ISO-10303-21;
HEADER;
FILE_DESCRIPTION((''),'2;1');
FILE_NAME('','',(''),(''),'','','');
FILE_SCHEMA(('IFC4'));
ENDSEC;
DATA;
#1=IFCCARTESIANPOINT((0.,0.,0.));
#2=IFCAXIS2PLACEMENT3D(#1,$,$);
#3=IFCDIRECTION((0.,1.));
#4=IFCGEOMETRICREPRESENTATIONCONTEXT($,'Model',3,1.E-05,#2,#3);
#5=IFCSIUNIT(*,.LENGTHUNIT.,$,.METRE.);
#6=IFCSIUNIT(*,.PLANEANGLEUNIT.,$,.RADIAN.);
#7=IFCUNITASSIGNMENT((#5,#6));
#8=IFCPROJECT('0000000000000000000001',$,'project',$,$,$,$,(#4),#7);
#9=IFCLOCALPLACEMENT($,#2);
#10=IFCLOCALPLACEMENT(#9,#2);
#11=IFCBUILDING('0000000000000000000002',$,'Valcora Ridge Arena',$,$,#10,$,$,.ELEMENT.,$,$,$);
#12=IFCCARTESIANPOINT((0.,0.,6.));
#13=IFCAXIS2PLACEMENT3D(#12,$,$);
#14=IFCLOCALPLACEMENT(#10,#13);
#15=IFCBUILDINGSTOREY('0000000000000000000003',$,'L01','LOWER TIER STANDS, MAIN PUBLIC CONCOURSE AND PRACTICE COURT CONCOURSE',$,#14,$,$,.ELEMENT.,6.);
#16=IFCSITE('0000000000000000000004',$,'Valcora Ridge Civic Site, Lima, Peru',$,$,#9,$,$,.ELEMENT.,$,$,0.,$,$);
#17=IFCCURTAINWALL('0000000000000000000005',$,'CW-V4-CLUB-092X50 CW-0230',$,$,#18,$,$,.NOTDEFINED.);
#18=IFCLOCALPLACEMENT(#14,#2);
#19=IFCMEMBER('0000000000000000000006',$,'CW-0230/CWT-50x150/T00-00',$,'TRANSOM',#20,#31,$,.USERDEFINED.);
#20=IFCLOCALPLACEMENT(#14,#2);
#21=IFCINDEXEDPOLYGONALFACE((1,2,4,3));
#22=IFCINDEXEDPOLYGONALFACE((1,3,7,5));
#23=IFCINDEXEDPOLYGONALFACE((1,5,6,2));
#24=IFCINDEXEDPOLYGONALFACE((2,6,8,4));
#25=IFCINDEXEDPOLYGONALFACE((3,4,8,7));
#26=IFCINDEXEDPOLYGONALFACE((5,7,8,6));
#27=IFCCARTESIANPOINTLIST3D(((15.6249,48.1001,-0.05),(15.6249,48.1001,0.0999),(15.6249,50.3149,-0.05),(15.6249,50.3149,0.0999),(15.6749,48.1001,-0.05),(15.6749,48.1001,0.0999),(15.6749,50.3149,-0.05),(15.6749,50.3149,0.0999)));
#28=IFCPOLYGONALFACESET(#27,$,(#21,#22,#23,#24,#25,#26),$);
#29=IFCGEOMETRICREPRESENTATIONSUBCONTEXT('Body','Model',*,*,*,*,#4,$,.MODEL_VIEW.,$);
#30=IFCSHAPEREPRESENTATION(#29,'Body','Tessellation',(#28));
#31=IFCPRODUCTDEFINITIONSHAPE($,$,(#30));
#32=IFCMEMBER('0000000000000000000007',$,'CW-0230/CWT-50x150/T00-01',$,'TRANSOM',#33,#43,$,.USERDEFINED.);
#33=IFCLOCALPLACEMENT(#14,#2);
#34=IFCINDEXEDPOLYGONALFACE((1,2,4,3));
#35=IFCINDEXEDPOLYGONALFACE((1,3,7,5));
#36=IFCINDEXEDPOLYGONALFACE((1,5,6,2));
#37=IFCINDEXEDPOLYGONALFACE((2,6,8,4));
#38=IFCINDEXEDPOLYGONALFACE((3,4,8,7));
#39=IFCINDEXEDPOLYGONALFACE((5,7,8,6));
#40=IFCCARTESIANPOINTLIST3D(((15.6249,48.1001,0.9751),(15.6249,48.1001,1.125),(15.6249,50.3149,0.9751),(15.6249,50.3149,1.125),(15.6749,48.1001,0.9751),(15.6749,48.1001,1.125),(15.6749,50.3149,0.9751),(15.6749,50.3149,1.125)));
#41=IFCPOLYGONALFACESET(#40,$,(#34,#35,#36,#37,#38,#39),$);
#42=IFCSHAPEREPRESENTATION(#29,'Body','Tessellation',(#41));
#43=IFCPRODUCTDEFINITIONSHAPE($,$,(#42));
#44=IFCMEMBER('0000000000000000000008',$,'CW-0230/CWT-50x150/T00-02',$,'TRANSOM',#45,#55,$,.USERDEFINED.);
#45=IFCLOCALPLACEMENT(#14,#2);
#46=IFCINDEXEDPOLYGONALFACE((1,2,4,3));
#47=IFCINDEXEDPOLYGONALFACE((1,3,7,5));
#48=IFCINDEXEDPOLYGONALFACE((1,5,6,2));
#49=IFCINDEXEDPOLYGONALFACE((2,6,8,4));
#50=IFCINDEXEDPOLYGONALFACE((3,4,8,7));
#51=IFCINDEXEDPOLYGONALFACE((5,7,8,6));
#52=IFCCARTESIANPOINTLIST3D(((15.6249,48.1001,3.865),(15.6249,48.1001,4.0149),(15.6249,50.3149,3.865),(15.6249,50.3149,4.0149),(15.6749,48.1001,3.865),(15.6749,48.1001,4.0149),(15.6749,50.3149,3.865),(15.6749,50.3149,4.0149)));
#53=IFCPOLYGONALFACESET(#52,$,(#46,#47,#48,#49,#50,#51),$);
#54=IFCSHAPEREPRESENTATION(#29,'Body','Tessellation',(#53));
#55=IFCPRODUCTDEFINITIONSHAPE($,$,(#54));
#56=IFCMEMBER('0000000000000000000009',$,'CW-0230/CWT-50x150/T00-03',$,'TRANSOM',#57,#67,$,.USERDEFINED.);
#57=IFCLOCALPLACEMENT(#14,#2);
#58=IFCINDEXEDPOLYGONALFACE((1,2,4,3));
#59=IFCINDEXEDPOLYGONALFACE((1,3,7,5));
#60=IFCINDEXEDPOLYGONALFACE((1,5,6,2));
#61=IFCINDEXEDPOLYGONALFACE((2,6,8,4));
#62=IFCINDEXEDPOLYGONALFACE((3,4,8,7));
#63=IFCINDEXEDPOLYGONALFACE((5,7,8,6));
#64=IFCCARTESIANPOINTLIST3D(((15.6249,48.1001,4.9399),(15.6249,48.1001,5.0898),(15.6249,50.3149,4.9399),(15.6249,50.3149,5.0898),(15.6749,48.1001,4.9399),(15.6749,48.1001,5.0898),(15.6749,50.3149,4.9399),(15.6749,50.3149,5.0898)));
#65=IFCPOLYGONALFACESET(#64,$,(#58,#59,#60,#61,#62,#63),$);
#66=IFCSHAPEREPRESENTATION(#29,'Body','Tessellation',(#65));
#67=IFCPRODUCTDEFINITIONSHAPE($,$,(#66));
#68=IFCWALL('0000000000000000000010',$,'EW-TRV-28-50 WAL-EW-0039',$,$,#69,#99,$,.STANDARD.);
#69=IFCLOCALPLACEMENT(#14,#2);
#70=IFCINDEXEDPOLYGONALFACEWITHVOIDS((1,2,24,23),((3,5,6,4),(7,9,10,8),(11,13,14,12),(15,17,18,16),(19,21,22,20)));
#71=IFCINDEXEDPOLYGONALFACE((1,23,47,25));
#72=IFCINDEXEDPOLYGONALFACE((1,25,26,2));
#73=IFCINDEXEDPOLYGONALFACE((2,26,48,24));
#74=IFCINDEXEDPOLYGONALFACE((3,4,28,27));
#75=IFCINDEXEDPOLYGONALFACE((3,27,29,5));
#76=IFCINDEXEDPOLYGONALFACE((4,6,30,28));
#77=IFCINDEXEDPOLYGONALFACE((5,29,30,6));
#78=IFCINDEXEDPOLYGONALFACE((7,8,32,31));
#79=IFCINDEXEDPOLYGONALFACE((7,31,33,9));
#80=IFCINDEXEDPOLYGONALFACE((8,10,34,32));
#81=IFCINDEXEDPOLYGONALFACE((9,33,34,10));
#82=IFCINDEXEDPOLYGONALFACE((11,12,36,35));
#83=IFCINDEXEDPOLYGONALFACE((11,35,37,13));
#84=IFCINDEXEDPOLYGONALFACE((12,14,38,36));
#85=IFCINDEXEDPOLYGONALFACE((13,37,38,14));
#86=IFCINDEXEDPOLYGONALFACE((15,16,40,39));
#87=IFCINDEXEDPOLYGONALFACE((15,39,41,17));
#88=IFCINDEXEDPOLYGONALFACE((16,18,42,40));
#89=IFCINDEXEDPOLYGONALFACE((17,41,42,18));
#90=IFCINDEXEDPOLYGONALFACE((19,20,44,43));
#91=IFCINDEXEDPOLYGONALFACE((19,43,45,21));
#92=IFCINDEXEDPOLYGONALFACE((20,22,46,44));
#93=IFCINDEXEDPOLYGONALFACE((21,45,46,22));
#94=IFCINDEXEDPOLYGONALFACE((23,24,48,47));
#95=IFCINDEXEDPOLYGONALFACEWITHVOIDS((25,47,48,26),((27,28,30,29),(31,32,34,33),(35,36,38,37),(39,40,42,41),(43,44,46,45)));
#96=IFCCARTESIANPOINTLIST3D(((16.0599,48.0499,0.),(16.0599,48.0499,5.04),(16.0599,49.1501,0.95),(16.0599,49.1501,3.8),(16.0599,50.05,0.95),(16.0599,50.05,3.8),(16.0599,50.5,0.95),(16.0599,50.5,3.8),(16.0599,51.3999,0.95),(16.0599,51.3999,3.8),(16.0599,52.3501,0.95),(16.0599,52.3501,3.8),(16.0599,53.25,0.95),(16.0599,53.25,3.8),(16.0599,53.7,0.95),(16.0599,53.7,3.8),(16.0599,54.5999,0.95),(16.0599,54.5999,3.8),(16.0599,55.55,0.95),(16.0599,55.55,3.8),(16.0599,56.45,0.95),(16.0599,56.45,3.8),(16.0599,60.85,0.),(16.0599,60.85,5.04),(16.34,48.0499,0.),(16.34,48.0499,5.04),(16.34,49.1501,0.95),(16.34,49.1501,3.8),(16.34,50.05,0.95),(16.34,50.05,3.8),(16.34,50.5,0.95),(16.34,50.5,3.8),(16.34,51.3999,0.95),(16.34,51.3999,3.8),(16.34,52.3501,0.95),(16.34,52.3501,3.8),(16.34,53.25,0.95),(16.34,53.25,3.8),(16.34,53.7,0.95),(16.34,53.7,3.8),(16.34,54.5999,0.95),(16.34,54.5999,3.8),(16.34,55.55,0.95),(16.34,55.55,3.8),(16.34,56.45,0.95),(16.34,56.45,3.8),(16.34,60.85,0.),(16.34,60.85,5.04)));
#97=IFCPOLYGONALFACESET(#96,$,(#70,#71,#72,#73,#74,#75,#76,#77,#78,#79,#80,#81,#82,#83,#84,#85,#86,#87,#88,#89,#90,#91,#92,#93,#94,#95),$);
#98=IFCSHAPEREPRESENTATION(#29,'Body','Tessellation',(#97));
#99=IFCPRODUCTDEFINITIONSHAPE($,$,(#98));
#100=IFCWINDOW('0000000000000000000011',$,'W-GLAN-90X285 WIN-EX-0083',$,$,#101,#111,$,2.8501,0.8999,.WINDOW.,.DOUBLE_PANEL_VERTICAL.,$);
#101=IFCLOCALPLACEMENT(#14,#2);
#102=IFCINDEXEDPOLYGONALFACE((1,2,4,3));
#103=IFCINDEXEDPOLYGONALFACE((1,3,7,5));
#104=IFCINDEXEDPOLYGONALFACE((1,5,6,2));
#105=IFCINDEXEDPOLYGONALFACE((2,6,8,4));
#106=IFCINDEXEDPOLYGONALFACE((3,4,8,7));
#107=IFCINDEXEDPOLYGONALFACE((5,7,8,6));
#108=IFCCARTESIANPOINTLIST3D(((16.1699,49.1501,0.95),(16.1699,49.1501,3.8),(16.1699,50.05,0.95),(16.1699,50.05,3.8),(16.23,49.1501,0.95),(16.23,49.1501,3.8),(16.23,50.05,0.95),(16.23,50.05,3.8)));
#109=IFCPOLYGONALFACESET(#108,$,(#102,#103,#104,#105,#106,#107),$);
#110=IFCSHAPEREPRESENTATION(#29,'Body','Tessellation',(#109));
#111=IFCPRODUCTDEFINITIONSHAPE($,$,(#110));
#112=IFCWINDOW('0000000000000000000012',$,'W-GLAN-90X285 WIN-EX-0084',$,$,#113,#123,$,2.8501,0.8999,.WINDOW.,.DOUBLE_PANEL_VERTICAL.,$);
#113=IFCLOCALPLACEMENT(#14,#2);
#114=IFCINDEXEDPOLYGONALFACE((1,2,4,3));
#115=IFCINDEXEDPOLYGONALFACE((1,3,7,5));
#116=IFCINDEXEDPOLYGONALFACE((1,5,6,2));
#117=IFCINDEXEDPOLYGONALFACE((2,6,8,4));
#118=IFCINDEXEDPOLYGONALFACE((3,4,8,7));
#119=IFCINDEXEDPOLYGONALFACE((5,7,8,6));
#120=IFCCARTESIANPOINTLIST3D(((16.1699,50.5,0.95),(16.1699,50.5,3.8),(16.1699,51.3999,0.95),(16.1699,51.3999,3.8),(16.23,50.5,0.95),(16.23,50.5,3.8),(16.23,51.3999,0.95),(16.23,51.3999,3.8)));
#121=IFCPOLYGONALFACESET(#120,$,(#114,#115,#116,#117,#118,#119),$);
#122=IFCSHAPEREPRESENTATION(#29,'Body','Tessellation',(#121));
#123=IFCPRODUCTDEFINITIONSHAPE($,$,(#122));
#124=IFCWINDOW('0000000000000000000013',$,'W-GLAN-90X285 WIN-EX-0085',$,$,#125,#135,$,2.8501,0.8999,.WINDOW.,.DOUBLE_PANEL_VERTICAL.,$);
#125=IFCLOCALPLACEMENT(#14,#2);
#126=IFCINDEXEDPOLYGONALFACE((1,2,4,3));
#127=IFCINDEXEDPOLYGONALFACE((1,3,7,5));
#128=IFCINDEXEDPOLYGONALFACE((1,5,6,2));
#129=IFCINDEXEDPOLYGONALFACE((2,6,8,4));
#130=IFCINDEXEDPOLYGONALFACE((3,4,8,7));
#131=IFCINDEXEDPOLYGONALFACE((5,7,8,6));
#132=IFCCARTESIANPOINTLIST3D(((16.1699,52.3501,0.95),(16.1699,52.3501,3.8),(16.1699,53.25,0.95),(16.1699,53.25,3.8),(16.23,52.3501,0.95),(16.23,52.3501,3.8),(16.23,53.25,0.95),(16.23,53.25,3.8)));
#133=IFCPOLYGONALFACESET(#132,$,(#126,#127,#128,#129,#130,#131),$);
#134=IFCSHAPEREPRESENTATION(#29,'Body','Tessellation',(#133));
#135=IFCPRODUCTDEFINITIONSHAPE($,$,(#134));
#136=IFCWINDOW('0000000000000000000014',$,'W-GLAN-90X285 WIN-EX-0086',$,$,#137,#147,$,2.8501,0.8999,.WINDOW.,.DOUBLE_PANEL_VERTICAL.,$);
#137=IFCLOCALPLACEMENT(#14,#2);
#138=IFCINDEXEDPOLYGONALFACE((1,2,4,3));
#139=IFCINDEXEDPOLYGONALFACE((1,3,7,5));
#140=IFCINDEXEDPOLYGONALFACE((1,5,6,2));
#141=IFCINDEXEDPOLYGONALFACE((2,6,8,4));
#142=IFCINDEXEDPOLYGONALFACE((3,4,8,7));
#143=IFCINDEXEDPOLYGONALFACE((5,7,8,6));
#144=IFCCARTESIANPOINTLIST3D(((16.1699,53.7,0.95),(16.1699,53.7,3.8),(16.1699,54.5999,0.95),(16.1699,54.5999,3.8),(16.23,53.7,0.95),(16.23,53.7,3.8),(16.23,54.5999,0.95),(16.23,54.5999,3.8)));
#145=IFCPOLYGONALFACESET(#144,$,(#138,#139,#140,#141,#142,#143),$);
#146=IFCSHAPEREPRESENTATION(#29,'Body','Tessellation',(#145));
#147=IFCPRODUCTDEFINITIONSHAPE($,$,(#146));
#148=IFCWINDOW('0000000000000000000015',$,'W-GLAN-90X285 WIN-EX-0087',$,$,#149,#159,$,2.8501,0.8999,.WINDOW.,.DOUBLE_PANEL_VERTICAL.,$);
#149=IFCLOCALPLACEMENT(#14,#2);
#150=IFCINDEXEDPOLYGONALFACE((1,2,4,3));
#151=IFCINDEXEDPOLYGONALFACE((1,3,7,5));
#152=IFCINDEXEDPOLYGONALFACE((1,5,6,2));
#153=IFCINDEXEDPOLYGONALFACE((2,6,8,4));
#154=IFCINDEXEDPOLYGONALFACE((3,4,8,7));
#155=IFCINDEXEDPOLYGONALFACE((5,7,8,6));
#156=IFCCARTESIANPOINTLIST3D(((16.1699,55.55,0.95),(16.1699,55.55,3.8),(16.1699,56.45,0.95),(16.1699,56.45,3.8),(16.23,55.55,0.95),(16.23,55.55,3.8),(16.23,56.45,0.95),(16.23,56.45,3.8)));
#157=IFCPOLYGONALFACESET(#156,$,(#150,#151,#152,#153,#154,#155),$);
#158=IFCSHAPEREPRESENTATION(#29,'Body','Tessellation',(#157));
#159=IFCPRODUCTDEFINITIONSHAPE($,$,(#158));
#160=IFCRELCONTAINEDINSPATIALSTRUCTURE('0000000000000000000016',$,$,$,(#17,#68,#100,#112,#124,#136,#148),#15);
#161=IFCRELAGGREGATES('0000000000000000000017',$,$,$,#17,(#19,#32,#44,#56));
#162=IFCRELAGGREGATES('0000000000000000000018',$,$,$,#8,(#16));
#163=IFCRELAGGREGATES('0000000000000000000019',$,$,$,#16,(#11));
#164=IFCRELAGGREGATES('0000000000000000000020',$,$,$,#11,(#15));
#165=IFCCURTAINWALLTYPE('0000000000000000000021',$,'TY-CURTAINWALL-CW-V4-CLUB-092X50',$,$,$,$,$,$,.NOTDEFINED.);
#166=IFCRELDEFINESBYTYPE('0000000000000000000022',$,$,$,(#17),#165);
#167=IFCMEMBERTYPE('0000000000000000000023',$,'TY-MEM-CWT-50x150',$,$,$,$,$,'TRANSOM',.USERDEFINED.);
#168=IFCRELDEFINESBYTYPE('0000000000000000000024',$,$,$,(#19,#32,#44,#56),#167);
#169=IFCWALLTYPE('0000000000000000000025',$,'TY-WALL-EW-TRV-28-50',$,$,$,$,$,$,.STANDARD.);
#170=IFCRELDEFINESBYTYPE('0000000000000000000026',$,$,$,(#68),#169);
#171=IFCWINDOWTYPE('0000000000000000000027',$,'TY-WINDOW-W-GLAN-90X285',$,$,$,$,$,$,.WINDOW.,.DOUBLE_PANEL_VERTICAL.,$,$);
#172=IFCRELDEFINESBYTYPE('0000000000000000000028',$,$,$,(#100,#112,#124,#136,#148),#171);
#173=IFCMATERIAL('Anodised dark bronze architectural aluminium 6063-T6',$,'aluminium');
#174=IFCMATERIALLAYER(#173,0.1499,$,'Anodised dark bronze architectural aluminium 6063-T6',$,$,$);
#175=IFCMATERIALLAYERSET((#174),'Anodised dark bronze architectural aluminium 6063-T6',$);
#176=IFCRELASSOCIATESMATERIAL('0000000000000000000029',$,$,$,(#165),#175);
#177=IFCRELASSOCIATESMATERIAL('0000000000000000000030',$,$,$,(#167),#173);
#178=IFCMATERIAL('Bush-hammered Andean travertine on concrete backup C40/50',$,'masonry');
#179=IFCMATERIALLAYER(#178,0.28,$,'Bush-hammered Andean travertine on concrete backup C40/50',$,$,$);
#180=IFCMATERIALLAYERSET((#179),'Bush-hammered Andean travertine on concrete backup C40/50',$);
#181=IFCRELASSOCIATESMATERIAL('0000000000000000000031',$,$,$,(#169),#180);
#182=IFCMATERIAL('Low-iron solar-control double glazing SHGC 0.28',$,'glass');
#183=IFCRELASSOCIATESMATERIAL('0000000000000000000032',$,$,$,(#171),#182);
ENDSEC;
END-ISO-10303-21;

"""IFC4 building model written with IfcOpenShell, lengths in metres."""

from ifc_helpers import new_model, si_unit, direction, frame, frame_2d, origin, origin_2d, place, context, subcontext, project, spatial, rectangle, extrude, material, layer, layer_set, material_profile, profile_set, type_object, element, fill, aggregate, save


model = new_model("IFC4")

# Units and contexts
model_context = context("Model", 3, precision=1e-05, world=origin(), true_north=direction((0.0, 1.0)))
body_context = subcontext(model_context, "Body", "Model", "MODEL_VIEW")
ifc_project = project(units=[si_unit("LENGTHUNIT", "METRE"), si_unit("PLANEANGLEUNIT", "RADIAN")], contexts=[model_context])

# Site, building, storey
site_placement = place(None, origin())
site = spatial("IfcSite", under=ifc_project, at=site_placement, Name="Valcora Ridge Civic Site, Lima, Peru", CompositionType="ELEMENT", RefElevation=0.0)
building_placement = place(site_placement, origin())
building = spatial("IfcBuilding", under=site, at=building_placement, Name="Valcora Ridge Arena", CompositionType="ELEMENT")
storey_placement = place(building_placement, frame((0.0, 0.0, 6.0)))
storey = spatial("IfcBuildingStorey", under=building, at=storey_placement, Name="L01", Description="LOWER TIER STANDS, MAIN PUBLIC CONCOURSE AND PRACTICE COURT CONCOURSE", CompositionType="ELEMENT", Elevation=6.0)

# Curtain wall
ifc_material_1 = material(Name="Anodised dark bronze architectural aluminium 6063-T6", Category="aluminium")
ifc_layer_1 = layer(ifc_material_1, 0.1499, Name="Anodised dark bronze architectural aluminium 6063-T6")
ifc_layer_set_1 = layer_set([ifc_layer_1], Name="Anodised dark bronze architectural aluminium 6063-T6")
curtain_wall_type_1 = type_object("IfcCurtainWallType", Name="TY-CURTAINWALL-CW-V4-CLUB-092X50", PredefinedType="NOTDEFINED", material=ifc_layer_set_1)
curtain_wall_1_placement = place(storey_placement, origin())
curtain_wall_1 = element("IfcCurtainWall", 1, at=curtain_wall_1_placement, inside=storey, type_object=curtain_wall_type_1, Name="CW-V4-CLUB-092X50 CW-0230", PredefinedType="NOTDEFINED")

# Shared definitions
ifc_material_profile_1 = material_profile(ifc_material_1, rectangle(XDim=0.05, YDim=0.1499, at=origin_2d()), Name="ALU TRANSOM 50x150")
ifc_profile_set_1 = profile_set([ifc_material_profile_1], Name="Anodised dark bronze architectural aluminium 6063-T6")
member_type_1 = type_object("IfcMemberType", Name="TY-MEM-CWT-50x150", ElementType="TRANSOM", PredefinedType="USERDEFINED", material=ifc_profile_set_1)

# Members
member_1_placement = place(storey_placement, frame((15.6499, 48.1001, 0.0249), z_axis=(0.0, 1.0, 0.0), x_axis=(-1.0, 0.0, 0.0)))
member_1 = element("IfcMember", 2, at=member_1_placement, type_object=member_type_1, Name="CW-0230/CWT-50x150/T00-00", ObjectType="TRANSOM", PredefinedType="USERDEFINED", context=body_context, shape_type="SweptSolid", body=[
    extrude(rectangle(XDim=0.05, YDim=0.1499, at=origin_2d()), origin(), (0.0, 0.0, 1.0), 2.2148),
])
member_2_placement = place(storey_placement, frame((15.6499, 48.1001, 1.05), z_axis=(0.0, 1.0, 0.0), x_axis=(-1.0, 0.0, 0.0)))
member_2 = element("IfcMember", 3, at=member_2_placement, type_object=member_type_1, Name="CW-0230/CWT-50x150/T00-01", ObjectType="TRANSOM", PredefinedType="USERDEFINED", context=body_context, shape_type="SweptSolid", body=[
    extrude(rectangle(XDim=0.05, YDim=0.1499, at=origin_2d()), origin(), (0.0, 0.0, 1.0), 2.2148),
])
member_3_placement = place(storey_placement, frame((15.6499, 48.1001, 3.9399), z_axis=(0.0, 1.0, 0.0), x_axis=(-1.0, 0.0, 0.0)))
member_3 = element("IfcMember", 4, at=member_3_placement, type_object=member_type_1, Name="CW-0230/CWT-50x150/T00-02", ObjectType="TRANSOM", PredefinedType="USERDEFINED", context=body_context, shape_type="SweptSolid", body=[
    extrude(rectangle(XDim=0.05, YDim=0.1499, at=origin_2d()), origin(), (0.0, 0.0, 1.0), 2.2148),
])
member_4_placement = place(storey_placement, frame((15.6499, 48.1001, 5.0149), z_axis=(0.0, 1.0, 0.0), x_axis=(-1.0, 0.0, 0.0)))
member_4 = element("IfcMember", 5, at=member_4_placement, type_object=member_type_1, Name="CW-0230/CWT-50x150/T00-03", ObjectType="TRANSOM", PredefinedType="USERDEFINED", context=body_context, shape_type="SweptSolid", body=[
    extrude(rectangle(XDim=0.05, YDim=0.1499, at=origin_2d()), origin(), (0.0, 0.0, 1.0), 2.2148),
])
aggregate(curtain_wall_1, [member_1, member_2, member_3, member_4])

# Wall, openings, windows
ifc_material_2 = material(Name="Bush-hammered Andean travertine on concrete backup C40/50", Category="masonry")
ifc_layer_2 = layer(ifc_material_2, 0.28, Name="Bush-hammered Andean travertine on concrete backup C40/50")
ifc_layer_set_2 = layer_set([ifc_layer_2], Name="Bush-hammered Andean travertine on concrete backup C40/50")
wall_type = type_object("IfcWallType", Name="TY-WALL-EW-TRV-28-50", PredefinedType="STANDARD", material=ifc_layer_set_2)
wall_placement = place(storey_placement, frame((16.2, 48.05, 0.0), z_axis=(0.0, 0.0, 1.0), x_axis=(0.0, 1.0, 0.0)))
wall = element("IfcWall", 6, at=wall_placement, inside=storey, type_object=wall_type, Name="EW-TRV-28-50 WAL-EW-0039", PredefinedType="STANDARD", context=body_context, shape_type="SweptSolid", body=[
    extrude(rectangle(XDim=12.8, YDim=0.28, at=frame_2d((6.3999, 0.0))), origin(), (0.0, 0.0, 1.0), 5.04),
])
opening_1_placement = place(wall_placement, frame((1.1001, 0.0, 0.95)))
opening_1 = element("IfcOpeningElement", 7, at=opening_1_placement, cuts=wall, PredefinedType="OPENING", context=body_context, shape_type="SweptSolid", body=[
    extrude(rectangle(XDim=0.8999, YDim=2.8501, at=frame_2d((0.45, 1.425))), frame((0.0, 0.1499, 0.0), z_axis=(0.0, -1.0, 0.0), x_axis=(1.0, 0.0, 0.0)), (0.0, 0.0, 1.0), 0.3),
])
opening_2_placement = place(wall_placement, frame((2.45, 0.0, 0.95)))
opening_2 = element("IfcOpeningElement", 8, at=opening_2_placement, cuts=wall, PredefinedType="OPENING", context=body_context, shape_type="SweptSolid", body=[
    extrude(rectangle(XDim=0.8999, YDim=2.8501, at=frame_2d((0.45, 1.425))), frame((0.0, 0.1499, 0.0), z_axis=(0.0, -1.0, 0.0), x_axis=(1.0, 0.0, 0.0)), (0.0, 0.0, 1.0), 0.3),
])
opening_3_placement = place(wall_placement, frame((4.3, 0.0, 0.95)))
opening_3 = element("IfcOpeningElement", 9, at=opening_3_placement, cuts=wall, PredefinedType="OPENING", context=body_context, shape_type="SweptSolid", body=[
    extrude(rectangle(XDim=0.8999, YDim=2.8501, at=frame_2d((0.45, 1.425))), frame((0.0, 0.1499, 0.0), z_axis=(0.0, -1.0, 0.0), x_axis=(1.0, 0.0, 0.0)), (0.0, 0.0, 1.0), 0.3),
])
opening_4_placement = place(wall_placement, frame((5.6499, 0.0, 0.95)))
opening_4 = element("IfcOpeningElement", 10, at=opening_4_placement, cuts=wall, PredefinedType="OPENING", context=body_context, shape_type="SweptSolid", body=[
    extrude(rectangle(XDim=0.8999, YDim=2.8501, at=frame_2d((0.45, 1.425))), frame((0.0, 0.1499, 0.0), z_axis=(0.0, -1.0, 0.0), x_axis=(1.0, 0.0, 0.0)), (0.0, 0.0, 1.0), 0.3),
])
opening_5_placement = place(wall_placement, frame((7.5, 0.0, 0.95)))
opening_5 = element("IfcOpeningElement", 11, at=opening_5_placement, cuts=wall, PredefinedType="OPENING", context=body_context, shape_type="SweptSolid", body=[
    extrude(rectangle(XDim=0.8999, YDim=2.8501, at=frame_2d((0.45, 1.425))), frame((0.0, 0.1499, 0.0), z_axis=(0.0, -1.0, 0.0), x_axis=(1.0, 0.0, 0.0)), (0.0, 0.0, 1.0), 0.3),
])
ifc_material_3 = material(Name="Low-iron solar-control double glazing SHGC 0.28", Category="glass")
window_type = type_object("IfcWindowType", Name="TY-WINDOW-W-GLAN-90X285", PartitioningType="DOUBLE_PANEL_VERTICAL", PredefinedType="WINDOW", material=ifc_material_3)
window_1_placement = place(opening_1_placement, origin())
window_1 = element("IfcWindow", 12, at=window_1_placement, inside=storey, type_object=window_type, Name="W-GLAN-90X285 WIN-EX-0083", OverallHeight=2.8501, OverallWidth=0.8999, PartitioningType="DOUBLE_PANEL_VERTICAL", PredefinedType="WINDOW", context=body_context, shape_type="SweptSolid", body=[
    extrude(rectangle(XDim=0.8999, YDim=2.8501, at=frame_2d((0.45, 1.425))), frame((0.0, 0.03, 0.0), z_axis=(0.0, -1.0, 0.0), x_axis=(1.0, 0.0, 0.0)), (0.0, 0.0, 1.0), 0.0601),
])
fill(opening_1, window_1)
window_2_placement = place(opening_2_placement, origin())
window_2 = element("IfcWindow", 13, at=window_2_placement, inside=storey, type_object=window_type, Name="W-GLAN-90X285 WIN-EX-0084", OverallHeight=2.8501, OverallWidth=0.8999, PartitioningType="DOUBLE_PANEL_VERTICAL", PredefinedType="WINDOW", context=body_context, shape_type="SweptSolid", body=[
    extrude(rectangle(XDim=0.8999, YDim=2.8501, at=frame_2d((0.45, 1.425))), frame((0.0, 0.03, 0.0), z_axis=(0.0, -1.0, 0.0), x_axis=(1.0, 0.0, 0.0)), (0.0, 0.0, 1.0), 0.0601),
])
fill(opening_2, window_2)
window_3_placement = place(opening_3_placement, origin())
window_3 = element("IfcWindow", 14, at=window_3_placement, inside=storey, type_object=window_type, Name="W-GLAN-90X285 WIN-EX-0085", OverallHeight=2.8501, OverallWidth=0.8999, PartitioningType="DOUBLE_PANEL_VERTICAL", PredefinedType="WINDOW", context=body_context, shape_type="SweptSolid", body=[
    extrude(rectangle(XDim=0.8999, YDim=2.8501, at=frame_2d((0.45, 1.425))), frame((0.0, 0.03, 0.0), z_axis=(0.0, -1.0, 0.0), x_axis=(1.0, 0.0, 0.0)), (0.0, 0.0, 1.0), 0.0601),
])
fill(opening_3, window_3)
window_4_placement = place(opening_4_placement, origin())
window_4 = element("IfcWindow", 15, at=window_4_placement, inside=storey, type_object=window_type, Name="W-GLAN-90X285 WIN-EX-0086", OverallHeight=2.8501, OverallWidth=0.8999, PartitioningType="DOUBLE_PANEL_VERTICAL", PredefinedType="WINDOW", context=body_context, shape_type="SweptSolid", body=[
    extrude(rectangle(XDim=0.8999, YDim=2.8501, at=frame_2d((0.45, 1.425))), frame((0.0, 0.03, 0.0), z_axis=(0.0, -1.0, 0.0), x_axis=(1.0, 0.0, 0.0)), (0.0, 0.0, 1.0), 0.0601),
])
fill(opening_4, window_4)
window_5_placement = place(opening_5_placement, origin())
window_5 = element("IfcWindow", 16, at=window_5_placement, inside=storey, type_object=window_type, Name="W-GLAN-90X285 WIN-EX-0087", OverallHeight=2.8501, OverallWidth=0.8999, PartitioningType="DOUBLE_PANEL_VERTICAL", PredefinedType="WINDOW", context=body_context, shape_type="SweptSolid", body=[
    extrude(rectangle(XDim=0.8999, YDim=2.8501, at=frame_2d((0.45, 1.425))), frame((0.0, 0.03, 0.0), z_axis=(0.0, -1.0, 0.0), x_axis=(1.0, 0.0, 0.0)), (0.0, 0.0, 1.0), 0.0601),
])
fill(opening_5, window_5)

save(model, "model.ifc")
